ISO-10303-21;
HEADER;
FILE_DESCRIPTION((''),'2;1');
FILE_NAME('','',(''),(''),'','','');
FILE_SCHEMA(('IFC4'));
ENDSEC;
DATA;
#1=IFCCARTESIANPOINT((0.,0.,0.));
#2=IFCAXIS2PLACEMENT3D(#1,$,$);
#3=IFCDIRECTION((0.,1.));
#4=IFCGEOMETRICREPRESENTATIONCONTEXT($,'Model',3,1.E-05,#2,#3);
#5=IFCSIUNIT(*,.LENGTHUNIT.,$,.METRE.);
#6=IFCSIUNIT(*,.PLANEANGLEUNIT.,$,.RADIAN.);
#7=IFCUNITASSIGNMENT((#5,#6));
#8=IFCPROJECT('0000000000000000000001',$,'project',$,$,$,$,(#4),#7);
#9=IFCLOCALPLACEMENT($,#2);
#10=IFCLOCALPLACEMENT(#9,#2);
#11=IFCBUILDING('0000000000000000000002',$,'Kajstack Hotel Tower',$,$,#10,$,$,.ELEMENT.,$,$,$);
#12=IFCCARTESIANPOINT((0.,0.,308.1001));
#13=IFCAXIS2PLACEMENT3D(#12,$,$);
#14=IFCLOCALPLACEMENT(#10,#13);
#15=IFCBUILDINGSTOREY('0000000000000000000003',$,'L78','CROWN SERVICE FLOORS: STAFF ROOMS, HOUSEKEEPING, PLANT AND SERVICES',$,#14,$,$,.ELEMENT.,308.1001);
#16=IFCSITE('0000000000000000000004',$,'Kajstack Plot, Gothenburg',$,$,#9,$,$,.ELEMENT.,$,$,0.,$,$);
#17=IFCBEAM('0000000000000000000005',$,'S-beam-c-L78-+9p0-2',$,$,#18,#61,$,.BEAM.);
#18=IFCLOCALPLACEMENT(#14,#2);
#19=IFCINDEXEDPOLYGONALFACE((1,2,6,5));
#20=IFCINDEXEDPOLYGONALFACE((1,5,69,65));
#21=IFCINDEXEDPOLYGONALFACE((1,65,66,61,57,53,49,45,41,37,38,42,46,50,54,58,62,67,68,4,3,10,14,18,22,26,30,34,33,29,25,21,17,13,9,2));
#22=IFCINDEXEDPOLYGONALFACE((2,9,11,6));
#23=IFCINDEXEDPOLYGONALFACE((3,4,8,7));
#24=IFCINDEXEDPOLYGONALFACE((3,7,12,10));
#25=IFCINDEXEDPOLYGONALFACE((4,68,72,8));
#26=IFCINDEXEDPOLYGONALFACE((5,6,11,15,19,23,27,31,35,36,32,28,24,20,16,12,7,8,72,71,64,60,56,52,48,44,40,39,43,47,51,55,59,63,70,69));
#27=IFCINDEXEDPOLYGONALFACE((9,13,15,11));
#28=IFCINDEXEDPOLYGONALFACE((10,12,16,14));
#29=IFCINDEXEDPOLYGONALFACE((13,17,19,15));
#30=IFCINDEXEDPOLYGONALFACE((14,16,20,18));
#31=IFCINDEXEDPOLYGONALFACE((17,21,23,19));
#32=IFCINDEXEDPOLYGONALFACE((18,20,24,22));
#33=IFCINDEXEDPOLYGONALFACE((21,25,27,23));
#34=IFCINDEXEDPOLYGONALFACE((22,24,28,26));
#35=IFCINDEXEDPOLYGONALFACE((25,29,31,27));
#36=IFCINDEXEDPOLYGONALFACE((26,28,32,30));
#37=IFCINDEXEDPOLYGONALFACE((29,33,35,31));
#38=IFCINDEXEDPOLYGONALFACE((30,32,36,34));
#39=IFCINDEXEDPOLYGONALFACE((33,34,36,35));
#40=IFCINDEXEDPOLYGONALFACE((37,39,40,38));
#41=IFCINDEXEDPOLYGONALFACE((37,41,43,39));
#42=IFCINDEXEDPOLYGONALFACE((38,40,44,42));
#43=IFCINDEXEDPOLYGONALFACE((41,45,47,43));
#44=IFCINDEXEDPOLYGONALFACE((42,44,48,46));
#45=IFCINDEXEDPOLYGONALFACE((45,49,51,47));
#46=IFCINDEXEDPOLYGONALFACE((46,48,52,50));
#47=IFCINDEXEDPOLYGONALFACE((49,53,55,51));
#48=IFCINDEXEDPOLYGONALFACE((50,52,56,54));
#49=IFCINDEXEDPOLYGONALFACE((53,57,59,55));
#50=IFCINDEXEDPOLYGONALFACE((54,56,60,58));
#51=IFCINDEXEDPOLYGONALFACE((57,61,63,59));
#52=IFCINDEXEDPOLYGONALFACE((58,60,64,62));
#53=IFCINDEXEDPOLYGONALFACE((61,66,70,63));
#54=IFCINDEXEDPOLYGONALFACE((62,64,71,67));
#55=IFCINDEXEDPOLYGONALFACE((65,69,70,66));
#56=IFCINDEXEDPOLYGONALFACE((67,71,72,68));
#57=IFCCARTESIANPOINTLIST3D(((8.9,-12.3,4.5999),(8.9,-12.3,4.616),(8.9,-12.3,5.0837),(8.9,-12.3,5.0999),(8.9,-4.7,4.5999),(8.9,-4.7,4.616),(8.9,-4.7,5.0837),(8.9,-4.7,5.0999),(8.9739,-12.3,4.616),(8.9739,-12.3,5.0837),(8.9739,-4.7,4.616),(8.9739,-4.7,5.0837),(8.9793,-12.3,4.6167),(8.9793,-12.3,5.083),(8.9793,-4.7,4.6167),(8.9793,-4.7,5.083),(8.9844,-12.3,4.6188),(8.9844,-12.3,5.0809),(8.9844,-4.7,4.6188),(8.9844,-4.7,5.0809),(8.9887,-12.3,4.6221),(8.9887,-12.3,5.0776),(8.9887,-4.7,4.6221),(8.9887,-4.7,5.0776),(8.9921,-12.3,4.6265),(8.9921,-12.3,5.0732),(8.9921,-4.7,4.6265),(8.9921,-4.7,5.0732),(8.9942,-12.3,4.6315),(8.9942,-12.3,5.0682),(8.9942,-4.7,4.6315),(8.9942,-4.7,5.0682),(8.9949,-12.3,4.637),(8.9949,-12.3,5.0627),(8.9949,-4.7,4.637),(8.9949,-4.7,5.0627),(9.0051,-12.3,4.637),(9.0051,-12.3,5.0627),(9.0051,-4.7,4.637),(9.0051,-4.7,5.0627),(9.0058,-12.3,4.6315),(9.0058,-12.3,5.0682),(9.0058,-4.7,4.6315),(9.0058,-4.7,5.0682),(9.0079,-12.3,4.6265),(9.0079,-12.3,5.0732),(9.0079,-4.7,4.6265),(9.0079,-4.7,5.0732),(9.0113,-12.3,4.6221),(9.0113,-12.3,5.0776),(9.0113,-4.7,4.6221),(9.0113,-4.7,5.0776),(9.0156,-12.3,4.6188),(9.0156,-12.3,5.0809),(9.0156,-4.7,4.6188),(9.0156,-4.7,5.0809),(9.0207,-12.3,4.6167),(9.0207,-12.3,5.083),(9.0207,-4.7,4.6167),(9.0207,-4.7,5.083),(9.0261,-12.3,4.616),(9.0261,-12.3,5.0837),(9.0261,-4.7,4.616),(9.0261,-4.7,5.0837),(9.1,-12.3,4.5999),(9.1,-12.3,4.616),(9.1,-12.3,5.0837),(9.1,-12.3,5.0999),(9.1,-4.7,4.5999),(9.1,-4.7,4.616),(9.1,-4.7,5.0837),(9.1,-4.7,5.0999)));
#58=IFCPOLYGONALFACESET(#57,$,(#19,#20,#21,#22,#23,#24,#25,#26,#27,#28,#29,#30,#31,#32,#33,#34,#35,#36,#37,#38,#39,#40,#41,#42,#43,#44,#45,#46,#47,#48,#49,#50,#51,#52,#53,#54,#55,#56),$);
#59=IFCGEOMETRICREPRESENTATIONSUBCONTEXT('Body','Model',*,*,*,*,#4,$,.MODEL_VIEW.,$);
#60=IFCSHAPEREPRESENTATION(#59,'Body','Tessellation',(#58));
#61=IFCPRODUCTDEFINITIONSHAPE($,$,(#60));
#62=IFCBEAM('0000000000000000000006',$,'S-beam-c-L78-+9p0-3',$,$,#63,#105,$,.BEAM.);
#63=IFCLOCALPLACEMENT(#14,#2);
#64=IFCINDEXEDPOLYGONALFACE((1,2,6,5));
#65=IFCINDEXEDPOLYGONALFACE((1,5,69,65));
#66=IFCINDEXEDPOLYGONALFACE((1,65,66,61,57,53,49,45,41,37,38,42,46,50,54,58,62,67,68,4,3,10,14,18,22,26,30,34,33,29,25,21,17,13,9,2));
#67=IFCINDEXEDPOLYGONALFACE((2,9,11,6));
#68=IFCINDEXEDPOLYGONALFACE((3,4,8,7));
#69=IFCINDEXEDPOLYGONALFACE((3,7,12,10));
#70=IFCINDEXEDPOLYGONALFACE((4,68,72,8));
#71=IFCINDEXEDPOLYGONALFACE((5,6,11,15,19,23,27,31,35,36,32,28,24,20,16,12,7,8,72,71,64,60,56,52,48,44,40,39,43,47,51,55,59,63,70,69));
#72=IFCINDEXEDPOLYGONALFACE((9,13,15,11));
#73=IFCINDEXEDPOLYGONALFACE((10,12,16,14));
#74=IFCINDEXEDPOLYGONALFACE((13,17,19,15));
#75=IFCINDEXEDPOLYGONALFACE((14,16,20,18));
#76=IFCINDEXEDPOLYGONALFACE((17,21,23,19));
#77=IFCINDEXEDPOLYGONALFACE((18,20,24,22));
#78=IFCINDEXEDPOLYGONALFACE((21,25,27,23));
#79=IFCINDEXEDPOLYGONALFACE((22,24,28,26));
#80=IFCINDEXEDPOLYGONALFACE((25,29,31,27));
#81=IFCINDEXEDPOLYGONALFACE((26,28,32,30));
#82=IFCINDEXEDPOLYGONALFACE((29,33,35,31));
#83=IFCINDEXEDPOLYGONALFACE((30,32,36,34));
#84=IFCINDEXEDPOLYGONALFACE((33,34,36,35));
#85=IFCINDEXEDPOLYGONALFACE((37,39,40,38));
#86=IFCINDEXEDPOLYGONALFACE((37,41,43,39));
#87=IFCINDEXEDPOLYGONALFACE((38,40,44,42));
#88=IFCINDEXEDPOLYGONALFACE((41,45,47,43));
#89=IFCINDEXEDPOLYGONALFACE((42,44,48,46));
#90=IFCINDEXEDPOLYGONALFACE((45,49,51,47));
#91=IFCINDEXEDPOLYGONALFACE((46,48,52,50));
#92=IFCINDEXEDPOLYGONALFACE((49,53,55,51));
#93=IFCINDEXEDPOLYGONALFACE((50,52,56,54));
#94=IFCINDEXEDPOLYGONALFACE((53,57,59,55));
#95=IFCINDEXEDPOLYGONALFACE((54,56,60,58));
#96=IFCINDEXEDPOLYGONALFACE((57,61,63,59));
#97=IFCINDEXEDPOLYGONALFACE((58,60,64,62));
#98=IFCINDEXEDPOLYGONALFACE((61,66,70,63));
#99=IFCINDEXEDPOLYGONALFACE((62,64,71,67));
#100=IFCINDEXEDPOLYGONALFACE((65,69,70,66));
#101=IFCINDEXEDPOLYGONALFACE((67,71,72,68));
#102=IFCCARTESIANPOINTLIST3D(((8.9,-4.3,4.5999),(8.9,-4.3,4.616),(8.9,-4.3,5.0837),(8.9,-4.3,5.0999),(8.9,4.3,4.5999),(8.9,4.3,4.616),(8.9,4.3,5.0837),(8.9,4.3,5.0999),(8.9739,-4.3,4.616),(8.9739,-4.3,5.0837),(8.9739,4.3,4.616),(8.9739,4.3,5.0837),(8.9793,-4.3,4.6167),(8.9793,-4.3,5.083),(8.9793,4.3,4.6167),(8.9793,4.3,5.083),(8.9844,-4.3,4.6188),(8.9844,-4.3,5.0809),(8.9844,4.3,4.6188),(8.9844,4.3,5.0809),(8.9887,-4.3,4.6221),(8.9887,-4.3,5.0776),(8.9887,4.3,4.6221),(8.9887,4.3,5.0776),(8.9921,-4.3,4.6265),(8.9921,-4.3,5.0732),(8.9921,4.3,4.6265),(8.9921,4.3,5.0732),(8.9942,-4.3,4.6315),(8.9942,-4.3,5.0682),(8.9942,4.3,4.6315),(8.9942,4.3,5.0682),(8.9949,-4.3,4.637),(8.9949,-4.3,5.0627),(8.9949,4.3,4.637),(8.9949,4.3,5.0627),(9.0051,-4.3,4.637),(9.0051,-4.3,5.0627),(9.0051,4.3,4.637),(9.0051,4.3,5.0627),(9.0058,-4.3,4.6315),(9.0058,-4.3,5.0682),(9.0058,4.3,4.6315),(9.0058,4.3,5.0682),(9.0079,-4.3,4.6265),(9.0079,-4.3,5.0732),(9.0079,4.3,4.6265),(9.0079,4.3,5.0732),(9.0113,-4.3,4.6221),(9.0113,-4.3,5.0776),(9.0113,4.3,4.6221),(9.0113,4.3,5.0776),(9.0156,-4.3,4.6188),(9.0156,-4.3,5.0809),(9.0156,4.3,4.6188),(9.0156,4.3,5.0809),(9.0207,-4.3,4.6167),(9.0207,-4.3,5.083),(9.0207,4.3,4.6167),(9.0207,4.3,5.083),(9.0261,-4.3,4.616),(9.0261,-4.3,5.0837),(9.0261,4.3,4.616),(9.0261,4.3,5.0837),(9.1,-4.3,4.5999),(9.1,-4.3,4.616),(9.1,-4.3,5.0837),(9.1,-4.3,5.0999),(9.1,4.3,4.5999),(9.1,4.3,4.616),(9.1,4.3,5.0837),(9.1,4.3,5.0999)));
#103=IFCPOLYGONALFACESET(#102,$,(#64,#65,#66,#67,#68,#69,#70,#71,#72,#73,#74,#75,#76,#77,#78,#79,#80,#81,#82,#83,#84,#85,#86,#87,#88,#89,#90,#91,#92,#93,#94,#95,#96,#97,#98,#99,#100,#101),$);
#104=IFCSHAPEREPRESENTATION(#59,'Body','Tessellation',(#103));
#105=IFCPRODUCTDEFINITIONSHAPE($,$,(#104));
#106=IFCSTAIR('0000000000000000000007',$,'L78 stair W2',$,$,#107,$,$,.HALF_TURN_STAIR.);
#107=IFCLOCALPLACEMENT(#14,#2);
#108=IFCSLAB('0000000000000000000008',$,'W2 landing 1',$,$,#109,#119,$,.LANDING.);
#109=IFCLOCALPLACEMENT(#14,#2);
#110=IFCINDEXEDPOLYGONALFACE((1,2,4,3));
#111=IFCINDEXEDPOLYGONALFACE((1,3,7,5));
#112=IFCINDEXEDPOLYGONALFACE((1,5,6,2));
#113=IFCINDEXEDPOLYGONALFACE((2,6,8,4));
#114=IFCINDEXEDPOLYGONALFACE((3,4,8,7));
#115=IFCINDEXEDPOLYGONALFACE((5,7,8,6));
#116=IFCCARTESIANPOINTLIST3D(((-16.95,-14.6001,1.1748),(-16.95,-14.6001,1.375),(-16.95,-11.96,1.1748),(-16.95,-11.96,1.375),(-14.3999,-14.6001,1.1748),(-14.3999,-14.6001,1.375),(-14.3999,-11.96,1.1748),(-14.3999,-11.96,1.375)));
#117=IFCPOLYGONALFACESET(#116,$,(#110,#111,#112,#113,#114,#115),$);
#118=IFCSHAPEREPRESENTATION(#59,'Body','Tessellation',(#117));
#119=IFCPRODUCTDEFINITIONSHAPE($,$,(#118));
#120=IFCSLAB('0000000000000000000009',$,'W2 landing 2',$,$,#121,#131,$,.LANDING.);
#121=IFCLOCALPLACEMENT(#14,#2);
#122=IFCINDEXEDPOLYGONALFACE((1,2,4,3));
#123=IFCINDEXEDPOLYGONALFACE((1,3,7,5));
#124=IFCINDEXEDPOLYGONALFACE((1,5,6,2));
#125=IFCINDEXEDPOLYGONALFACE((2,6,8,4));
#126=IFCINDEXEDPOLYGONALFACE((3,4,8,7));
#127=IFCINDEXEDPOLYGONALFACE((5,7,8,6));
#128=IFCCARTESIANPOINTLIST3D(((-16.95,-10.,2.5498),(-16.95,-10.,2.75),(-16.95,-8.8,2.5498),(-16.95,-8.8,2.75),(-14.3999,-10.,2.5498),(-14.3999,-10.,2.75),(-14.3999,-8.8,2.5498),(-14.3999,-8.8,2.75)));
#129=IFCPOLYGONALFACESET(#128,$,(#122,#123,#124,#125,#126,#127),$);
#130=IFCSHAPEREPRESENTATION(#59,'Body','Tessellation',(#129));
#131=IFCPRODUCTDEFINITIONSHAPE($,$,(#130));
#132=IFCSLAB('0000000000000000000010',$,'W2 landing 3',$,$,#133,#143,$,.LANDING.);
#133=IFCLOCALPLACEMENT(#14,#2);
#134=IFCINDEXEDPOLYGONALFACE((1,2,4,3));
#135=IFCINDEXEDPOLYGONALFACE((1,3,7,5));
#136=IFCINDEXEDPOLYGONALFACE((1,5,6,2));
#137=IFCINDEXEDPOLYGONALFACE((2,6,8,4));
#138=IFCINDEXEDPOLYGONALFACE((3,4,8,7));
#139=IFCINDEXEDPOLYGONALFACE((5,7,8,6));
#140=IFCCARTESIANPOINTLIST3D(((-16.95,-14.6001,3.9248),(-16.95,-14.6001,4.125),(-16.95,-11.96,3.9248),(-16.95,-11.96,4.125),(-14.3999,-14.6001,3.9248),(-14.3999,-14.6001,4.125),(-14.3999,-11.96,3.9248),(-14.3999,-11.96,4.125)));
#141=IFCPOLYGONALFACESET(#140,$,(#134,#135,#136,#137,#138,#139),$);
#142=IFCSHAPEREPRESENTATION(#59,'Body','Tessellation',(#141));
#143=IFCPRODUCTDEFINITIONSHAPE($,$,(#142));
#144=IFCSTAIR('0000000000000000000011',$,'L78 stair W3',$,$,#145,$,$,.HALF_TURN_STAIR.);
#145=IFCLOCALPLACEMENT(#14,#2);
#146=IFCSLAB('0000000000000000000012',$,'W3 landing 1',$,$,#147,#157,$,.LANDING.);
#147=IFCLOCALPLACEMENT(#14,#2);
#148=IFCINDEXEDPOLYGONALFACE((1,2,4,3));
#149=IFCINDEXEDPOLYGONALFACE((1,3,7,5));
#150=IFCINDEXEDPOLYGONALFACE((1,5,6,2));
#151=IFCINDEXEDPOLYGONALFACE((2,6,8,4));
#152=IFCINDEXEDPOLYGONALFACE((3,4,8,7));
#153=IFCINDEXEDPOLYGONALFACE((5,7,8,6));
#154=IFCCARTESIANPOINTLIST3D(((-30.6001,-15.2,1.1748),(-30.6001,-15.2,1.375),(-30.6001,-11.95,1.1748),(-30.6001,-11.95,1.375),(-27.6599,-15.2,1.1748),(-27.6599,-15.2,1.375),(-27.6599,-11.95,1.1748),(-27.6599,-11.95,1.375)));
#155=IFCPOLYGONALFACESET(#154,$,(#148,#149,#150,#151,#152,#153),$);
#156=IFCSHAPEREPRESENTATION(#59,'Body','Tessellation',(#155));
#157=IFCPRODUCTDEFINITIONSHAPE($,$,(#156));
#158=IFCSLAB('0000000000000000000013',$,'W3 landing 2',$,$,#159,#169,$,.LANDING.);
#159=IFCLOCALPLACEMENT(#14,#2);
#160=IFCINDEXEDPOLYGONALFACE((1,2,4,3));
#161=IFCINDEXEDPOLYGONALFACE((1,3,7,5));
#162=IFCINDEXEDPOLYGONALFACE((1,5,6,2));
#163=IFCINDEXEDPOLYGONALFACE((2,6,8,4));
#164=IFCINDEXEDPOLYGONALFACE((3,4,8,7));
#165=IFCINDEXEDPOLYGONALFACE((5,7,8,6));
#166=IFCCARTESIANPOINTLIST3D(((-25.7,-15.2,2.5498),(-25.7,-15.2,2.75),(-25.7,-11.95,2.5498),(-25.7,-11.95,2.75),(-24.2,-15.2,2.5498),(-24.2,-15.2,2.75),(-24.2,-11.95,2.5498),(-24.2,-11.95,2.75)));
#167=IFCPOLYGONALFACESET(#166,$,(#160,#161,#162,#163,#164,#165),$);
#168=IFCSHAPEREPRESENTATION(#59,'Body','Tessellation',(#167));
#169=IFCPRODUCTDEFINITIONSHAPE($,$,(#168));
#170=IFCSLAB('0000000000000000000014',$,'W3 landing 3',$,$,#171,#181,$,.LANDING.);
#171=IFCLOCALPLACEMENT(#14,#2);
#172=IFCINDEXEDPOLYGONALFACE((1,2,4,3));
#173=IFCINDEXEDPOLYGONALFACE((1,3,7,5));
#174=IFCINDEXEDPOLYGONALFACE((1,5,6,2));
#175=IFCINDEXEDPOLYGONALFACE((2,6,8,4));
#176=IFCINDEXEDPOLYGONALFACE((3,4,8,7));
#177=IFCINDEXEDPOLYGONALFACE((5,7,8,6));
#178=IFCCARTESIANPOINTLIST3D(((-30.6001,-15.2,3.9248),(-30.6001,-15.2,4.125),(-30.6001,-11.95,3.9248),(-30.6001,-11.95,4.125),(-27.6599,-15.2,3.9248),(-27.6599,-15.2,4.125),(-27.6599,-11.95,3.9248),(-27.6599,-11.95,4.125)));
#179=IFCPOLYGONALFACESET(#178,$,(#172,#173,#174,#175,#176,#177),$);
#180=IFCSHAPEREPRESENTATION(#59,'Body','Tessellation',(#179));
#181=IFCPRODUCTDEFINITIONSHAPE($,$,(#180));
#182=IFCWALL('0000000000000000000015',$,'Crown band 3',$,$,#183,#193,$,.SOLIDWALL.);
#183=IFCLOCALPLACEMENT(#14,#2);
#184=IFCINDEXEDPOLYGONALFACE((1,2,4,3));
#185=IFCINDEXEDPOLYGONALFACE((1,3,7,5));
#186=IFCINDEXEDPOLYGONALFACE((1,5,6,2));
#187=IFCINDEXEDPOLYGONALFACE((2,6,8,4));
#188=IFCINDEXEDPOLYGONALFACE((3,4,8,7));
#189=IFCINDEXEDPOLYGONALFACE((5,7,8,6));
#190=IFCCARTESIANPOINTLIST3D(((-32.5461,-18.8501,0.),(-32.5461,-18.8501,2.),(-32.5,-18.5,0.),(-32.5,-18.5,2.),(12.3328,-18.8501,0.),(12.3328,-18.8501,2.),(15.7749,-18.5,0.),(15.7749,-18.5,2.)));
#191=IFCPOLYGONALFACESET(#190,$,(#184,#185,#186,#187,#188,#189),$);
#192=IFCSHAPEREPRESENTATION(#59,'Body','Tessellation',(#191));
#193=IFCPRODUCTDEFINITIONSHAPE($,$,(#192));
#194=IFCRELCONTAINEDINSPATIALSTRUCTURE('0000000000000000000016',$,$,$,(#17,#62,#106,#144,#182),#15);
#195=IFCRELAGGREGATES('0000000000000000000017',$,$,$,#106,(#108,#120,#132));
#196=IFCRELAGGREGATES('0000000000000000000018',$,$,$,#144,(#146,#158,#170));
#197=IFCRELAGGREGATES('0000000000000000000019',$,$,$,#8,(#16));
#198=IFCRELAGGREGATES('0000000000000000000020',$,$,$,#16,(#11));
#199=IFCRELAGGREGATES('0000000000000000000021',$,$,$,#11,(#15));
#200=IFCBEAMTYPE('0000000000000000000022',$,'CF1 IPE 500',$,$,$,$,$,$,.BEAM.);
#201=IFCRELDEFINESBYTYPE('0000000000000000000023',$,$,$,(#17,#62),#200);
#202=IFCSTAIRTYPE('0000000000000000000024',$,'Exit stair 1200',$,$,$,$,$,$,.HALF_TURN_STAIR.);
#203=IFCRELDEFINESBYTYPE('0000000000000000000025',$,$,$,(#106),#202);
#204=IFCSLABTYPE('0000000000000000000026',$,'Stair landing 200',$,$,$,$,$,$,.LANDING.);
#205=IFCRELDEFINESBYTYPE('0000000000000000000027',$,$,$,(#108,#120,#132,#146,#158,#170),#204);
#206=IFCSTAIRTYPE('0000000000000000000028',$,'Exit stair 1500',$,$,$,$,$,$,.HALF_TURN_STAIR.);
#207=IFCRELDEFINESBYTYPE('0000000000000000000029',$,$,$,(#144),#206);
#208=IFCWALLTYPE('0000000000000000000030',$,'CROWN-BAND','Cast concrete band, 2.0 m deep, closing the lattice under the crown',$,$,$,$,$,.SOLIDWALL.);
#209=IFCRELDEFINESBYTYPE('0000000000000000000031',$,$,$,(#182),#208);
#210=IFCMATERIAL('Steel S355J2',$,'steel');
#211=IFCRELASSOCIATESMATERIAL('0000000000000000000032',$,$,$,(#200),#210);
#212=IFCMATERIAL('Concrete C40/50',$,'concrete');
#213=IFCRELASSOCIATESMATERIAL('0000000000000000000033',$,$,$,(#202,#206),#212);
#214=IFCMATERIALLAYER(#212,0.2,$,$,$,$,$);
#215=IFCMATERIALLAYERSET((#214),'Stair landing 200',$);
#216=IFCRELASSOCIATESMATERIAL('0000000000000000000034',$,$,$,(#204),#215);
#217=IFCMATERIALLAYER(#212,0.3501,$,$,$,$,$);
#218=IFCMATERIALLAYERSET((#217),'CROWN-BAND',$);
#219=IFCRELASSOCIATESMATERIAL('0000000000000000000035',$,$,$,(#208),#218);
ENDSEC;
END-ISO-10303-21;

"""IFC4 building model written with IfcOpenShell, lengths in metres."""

from ifc_helpers import new_model, si_unit, direction, frame, origin, origin_2d, place, context, subcontext, project, spatial, polyline, i_section, outline, extrude, material, layer, layer_set, material_profile, profile_set, type_object, element, aggregate, save


model = new_model("IFC4")

# Units and contexts
model_context = context("Model", 3, precision=1e-05, world=origin(), true_north=direction((0.0, 1.0)))
body_context = subcontext(model_context, "Body", "Model", "MODEL_VIEW")
ifc_project = project(units=[si_unit("LENGTHUNIT", "METRE"), si_unit("PLANEANGLEUNIT", "RADIAN")], contexts=[model_context])

# Site, building, storey
site_placement = place(None, origin())
site = spatial("IfcSite", under=ifc_project, at=site_placement, Name="Kajstack Plot, Gothenburg", CompositionType="ELEMENT", RefElevation=0.0)
building_placement = place(site_placement, origin())
building = spatial("IfcBuilding", under=site, at=building_placement, Name="Kajstack Hotel Tower", CompositionType="ELEMENT")
storey_placement = place(building_placement, frame((0.0, 0.0, 308.1001)))
storey = spatial("IfcBuildingStorey", under=building, at=storey_placement, Name="L78", Description="CROWN SERVICE FLOORS: STAFF ROOMS, HOUSEKEEPING, PLANT AND SERVICES", CompositionType="ELEMENT", Elevation=308.1001)

# Shared definitions
ifc_material_1 = material(Name="Steel S355J2", Category="steel")

# Beams
ifc_material_profile_1 = material_profile(ifc_material_1, i_section(OverallWidth=0.2, OverallDepth=0.5, WebThickness=0.0103, FlangeThickness=0.0161, FilletRadius=0.021, at=origin_2d()), Name="IPE 500")
ifc_profile_set_1 = profile_set([ifc_material_profile_1], Name="Steel S355J2")
beam_type = type_object("IfcBeamType", Name="CF1 IPE 500", PredefinedType="BEAM", material=ifc_profile_set_1)
beam_1_placement = place(storey_placement, frame((9.0, -12.3, 4.8499), z_axis=(0.0, 1.0, 0.0), x_axis=(-1.0, 0.0, 0.0)))
element("IfcBeam", 1, at=beam_1_placement, inside=storey, type_object=beam_type, Name="S-beam-c-L78-+9p0-2", PredefinedType="BEAM", context=body_context, shape_type="SweptSolid", body=[
    extrude(i_section(OverallWidth=0.2, OverallDepth=0.5, WebThickness=0.0103, FlangeThickness=0.0161, FilletRadius=0.021, at=origin_2d()), origin(), (0.0, 0.0, 1.0), 7.6001),
])
beam_2_placement = place(storey_placement, frame((9.0, -4.3, 4.8499), z_axis=(0.0, 1.0, 0.0), x_axis=(-1.0, 0.0, 0.0)))
element("IfcBeam", 2, at=beam_2_placement, inside=storey, type_object=beam_type, Name="S-beam-c-L78-+9p0-3", PredefinedType="BEAM", context=body_context, shape_type="SweptSolid", body=[
    extrude(i_section(OverallWidth=0.2, OverallDepth=0.5, WebThickness=0.0103, FlangeThickness=0.0161, FilletRadius=0.021, at=origin_2d()), origin(), (0.0, 0.0, 1.0), 8.6001),
])

# Stairs, slabs
ifc_material_2 = material(Name="Concrete C40/50", Category="concrete")
stair_type_1 = type_object("IfcStairType", Name="Exit stair 1200", PredefinedType="HALF_TURN_STAIR", material=ifc_material_2)
stair_1_placement = place(storey_placement, origin())
stair_1 = element("IfcStair", 3, at=stair_1_placement, inside=storey, type_object=stair_type_1, Name="L78 stair W2", PredefinedType="HALF_TURN_STAIR")
ifc_layer_1 = layer(ifc_material_2, 0.2)
ifc_layer_set_1 = layer_set([ifc_layer_1], Name="Stair landing 200")
slab_type = type_object("IfcSlabType", Name="Stair landing 200", PredefinedType="LANDING", material=ifc_layer_set_1)
slab_1_placement = place(storey_placement, frame((0.0, 0.0, 1.1748)))
slab_1 = element("IfcSlab", 4, at=slab_1_placement, type_object=slab_type, Name="W2 landing 1", PredefinedType="LANDING", context=body_context, shape_type="SweptSolid", body=[
    extrude(outline(polyline([(-16.95, -11.96), (-16.95, -14.6001), (-14.3999, -14.6001), (-14.3999, -11.96), (-16.95, -11.96)])), origin(), (0.0, 0.0, 1.0), 0.2002),
])
slab_2_placement = place(storey_placement, frame((0.0, 0.0, 2.5498)))
slab_2 = element("IfcSlab", 5, at=slab_2_placement, type_object=slab_type, Name="W2 landing 2", PredefinedType="LANDING", context=body_context, shape_type="SweptSolid", body=[
    extrude(outline(polyline([(-16.95, -8.8), (-16.95, -10.0), (-14.3999, -10.0), (-14.3999, -8.8), (-16.95, -8.8)])), origin(), (0.0, 0.0, 1.0), 0.2002),
])
slab_3_placement = place(storey_placement, frame((0.0, 0.0, 3.9248)))
slab_3 = element("IfcSlab", 6, at=slab_3_placement, type_object=slab_type, Name="W2 landing 3", PredefinedType="LANDING", context=body_context, shape_type="SweptSolid", body=[
    extrude(outline(polyline([(-16.95, -11.96), (-16.95, -14.6001), (-14.3999, -14.6001), (-14.3999, -11.96), (-16.95, -11.96)])), origin(), (0.0, 0.0, 1.0), 0.2002),
])
aggregate(stair_1, [slab_1, slab_2, slab_3])
stair_type_2 = type_object("IfcStairType", Name="Exit stair 1500", PredefinedType="HALF_TURN_STAIR", material=ifc_material_2)
stair_2_placement = place(storey_placement, origin())
stair_2 = element("IfcStair", 7, at=stair_2_placement, inside=storey, type_object=stair_type_2, Name="L78 stair W3", PredefinedType="HALF_TURN_STAIR")
slab_4_placement = place(storey_placement, frame((0.0, 0.0, 1.1748)))
slab_4 = element("IfcSlab", 8, at=slab_4_placement, type_object=slab_type, Name="W3 landing 1", PredefinedType="LANDING", context=body_context, shape_type="SweptSolid", body=[
    extrude(outline(polyline([(-27.6599, -11.95), (-30.6001, -11.95), (-30.6001, -15.2), (-27.6599, -15.2), (-27.6599, -11.95)])), origin(), (0.0, 0.0, 1.0), 0.2002),
])
slab_5_placement = place(storey_placement, frame((0.0, 0.0, 2.5498)))
slab_5 = element("IfcSlab", 9, at=slab_5_placement, type_object=slab_type, Name="W3 landing 2", PredefinedType="LANDING", context=body_context, shape_type="SweptSolid", body=[
    extrude(outline(polyline([(-24.2, -11.95), (-25.7, -11.95), (-25.7, -15.2), (-24.2, -15.2), (-24.2, -11.95)])), origin(), (0.0, 0.0, 1.0), 0.2002),
])
slab_6_placement = place(storey_placement, frame((0.0, 0.0, 3.9248)))
slab_6 = element("IfcSlab", 10, at=slab_6_placement, type_object=slab_type, Name="W3 landing 3", PredefinedType="LANDING", context=body_context, shape_type="SweptSolid", body=[
    extrude(outline(polyline([(-27.6599, -11.95), (-30.6001, -11.95), (-30.6001, -15.2), (-27.6599, -15.2), (-27.6599, -11.95)])), origin(), (0.0, 0.0, 1.0), 0.2002),
])
aggregate(stair_2, [slab_4, slab_5, slab_6])

# Wall
ifc_layer_2 = layer(ifc_material_2, 0.3501)
ifc_layer_set_2 = layer_set([ifc_layer_2], Name="CROWN-BAND")
wall_type = type_object("IfcWallType", Name="CROWN-BAND", Description="Cast concrete band, 2.0 m deep, closing the lattice under the crown", PredefinedType="SOLIDWALL", material=ifc_layer_set_2)
wall_1_placement = place(storey_placement, origin())
element("IfcWall", 11, at=wall_1_placement, inside=storey, type_object=wall_type, Name="Crown band 3", PredefinedType="SOLIDWALL", context=body_context, shape_type="SweptSolid", body=[
    extrude(outline(polyline([(-32.5, -18.5), (-32.5461, -18.8501), (12.3328, -18.8501), (15.7749, -18.5), (-32.5, -18.5)])), origin(), (0.0, 0.0, 1.0), 2.0),
])

save(model, "model.ifc")
